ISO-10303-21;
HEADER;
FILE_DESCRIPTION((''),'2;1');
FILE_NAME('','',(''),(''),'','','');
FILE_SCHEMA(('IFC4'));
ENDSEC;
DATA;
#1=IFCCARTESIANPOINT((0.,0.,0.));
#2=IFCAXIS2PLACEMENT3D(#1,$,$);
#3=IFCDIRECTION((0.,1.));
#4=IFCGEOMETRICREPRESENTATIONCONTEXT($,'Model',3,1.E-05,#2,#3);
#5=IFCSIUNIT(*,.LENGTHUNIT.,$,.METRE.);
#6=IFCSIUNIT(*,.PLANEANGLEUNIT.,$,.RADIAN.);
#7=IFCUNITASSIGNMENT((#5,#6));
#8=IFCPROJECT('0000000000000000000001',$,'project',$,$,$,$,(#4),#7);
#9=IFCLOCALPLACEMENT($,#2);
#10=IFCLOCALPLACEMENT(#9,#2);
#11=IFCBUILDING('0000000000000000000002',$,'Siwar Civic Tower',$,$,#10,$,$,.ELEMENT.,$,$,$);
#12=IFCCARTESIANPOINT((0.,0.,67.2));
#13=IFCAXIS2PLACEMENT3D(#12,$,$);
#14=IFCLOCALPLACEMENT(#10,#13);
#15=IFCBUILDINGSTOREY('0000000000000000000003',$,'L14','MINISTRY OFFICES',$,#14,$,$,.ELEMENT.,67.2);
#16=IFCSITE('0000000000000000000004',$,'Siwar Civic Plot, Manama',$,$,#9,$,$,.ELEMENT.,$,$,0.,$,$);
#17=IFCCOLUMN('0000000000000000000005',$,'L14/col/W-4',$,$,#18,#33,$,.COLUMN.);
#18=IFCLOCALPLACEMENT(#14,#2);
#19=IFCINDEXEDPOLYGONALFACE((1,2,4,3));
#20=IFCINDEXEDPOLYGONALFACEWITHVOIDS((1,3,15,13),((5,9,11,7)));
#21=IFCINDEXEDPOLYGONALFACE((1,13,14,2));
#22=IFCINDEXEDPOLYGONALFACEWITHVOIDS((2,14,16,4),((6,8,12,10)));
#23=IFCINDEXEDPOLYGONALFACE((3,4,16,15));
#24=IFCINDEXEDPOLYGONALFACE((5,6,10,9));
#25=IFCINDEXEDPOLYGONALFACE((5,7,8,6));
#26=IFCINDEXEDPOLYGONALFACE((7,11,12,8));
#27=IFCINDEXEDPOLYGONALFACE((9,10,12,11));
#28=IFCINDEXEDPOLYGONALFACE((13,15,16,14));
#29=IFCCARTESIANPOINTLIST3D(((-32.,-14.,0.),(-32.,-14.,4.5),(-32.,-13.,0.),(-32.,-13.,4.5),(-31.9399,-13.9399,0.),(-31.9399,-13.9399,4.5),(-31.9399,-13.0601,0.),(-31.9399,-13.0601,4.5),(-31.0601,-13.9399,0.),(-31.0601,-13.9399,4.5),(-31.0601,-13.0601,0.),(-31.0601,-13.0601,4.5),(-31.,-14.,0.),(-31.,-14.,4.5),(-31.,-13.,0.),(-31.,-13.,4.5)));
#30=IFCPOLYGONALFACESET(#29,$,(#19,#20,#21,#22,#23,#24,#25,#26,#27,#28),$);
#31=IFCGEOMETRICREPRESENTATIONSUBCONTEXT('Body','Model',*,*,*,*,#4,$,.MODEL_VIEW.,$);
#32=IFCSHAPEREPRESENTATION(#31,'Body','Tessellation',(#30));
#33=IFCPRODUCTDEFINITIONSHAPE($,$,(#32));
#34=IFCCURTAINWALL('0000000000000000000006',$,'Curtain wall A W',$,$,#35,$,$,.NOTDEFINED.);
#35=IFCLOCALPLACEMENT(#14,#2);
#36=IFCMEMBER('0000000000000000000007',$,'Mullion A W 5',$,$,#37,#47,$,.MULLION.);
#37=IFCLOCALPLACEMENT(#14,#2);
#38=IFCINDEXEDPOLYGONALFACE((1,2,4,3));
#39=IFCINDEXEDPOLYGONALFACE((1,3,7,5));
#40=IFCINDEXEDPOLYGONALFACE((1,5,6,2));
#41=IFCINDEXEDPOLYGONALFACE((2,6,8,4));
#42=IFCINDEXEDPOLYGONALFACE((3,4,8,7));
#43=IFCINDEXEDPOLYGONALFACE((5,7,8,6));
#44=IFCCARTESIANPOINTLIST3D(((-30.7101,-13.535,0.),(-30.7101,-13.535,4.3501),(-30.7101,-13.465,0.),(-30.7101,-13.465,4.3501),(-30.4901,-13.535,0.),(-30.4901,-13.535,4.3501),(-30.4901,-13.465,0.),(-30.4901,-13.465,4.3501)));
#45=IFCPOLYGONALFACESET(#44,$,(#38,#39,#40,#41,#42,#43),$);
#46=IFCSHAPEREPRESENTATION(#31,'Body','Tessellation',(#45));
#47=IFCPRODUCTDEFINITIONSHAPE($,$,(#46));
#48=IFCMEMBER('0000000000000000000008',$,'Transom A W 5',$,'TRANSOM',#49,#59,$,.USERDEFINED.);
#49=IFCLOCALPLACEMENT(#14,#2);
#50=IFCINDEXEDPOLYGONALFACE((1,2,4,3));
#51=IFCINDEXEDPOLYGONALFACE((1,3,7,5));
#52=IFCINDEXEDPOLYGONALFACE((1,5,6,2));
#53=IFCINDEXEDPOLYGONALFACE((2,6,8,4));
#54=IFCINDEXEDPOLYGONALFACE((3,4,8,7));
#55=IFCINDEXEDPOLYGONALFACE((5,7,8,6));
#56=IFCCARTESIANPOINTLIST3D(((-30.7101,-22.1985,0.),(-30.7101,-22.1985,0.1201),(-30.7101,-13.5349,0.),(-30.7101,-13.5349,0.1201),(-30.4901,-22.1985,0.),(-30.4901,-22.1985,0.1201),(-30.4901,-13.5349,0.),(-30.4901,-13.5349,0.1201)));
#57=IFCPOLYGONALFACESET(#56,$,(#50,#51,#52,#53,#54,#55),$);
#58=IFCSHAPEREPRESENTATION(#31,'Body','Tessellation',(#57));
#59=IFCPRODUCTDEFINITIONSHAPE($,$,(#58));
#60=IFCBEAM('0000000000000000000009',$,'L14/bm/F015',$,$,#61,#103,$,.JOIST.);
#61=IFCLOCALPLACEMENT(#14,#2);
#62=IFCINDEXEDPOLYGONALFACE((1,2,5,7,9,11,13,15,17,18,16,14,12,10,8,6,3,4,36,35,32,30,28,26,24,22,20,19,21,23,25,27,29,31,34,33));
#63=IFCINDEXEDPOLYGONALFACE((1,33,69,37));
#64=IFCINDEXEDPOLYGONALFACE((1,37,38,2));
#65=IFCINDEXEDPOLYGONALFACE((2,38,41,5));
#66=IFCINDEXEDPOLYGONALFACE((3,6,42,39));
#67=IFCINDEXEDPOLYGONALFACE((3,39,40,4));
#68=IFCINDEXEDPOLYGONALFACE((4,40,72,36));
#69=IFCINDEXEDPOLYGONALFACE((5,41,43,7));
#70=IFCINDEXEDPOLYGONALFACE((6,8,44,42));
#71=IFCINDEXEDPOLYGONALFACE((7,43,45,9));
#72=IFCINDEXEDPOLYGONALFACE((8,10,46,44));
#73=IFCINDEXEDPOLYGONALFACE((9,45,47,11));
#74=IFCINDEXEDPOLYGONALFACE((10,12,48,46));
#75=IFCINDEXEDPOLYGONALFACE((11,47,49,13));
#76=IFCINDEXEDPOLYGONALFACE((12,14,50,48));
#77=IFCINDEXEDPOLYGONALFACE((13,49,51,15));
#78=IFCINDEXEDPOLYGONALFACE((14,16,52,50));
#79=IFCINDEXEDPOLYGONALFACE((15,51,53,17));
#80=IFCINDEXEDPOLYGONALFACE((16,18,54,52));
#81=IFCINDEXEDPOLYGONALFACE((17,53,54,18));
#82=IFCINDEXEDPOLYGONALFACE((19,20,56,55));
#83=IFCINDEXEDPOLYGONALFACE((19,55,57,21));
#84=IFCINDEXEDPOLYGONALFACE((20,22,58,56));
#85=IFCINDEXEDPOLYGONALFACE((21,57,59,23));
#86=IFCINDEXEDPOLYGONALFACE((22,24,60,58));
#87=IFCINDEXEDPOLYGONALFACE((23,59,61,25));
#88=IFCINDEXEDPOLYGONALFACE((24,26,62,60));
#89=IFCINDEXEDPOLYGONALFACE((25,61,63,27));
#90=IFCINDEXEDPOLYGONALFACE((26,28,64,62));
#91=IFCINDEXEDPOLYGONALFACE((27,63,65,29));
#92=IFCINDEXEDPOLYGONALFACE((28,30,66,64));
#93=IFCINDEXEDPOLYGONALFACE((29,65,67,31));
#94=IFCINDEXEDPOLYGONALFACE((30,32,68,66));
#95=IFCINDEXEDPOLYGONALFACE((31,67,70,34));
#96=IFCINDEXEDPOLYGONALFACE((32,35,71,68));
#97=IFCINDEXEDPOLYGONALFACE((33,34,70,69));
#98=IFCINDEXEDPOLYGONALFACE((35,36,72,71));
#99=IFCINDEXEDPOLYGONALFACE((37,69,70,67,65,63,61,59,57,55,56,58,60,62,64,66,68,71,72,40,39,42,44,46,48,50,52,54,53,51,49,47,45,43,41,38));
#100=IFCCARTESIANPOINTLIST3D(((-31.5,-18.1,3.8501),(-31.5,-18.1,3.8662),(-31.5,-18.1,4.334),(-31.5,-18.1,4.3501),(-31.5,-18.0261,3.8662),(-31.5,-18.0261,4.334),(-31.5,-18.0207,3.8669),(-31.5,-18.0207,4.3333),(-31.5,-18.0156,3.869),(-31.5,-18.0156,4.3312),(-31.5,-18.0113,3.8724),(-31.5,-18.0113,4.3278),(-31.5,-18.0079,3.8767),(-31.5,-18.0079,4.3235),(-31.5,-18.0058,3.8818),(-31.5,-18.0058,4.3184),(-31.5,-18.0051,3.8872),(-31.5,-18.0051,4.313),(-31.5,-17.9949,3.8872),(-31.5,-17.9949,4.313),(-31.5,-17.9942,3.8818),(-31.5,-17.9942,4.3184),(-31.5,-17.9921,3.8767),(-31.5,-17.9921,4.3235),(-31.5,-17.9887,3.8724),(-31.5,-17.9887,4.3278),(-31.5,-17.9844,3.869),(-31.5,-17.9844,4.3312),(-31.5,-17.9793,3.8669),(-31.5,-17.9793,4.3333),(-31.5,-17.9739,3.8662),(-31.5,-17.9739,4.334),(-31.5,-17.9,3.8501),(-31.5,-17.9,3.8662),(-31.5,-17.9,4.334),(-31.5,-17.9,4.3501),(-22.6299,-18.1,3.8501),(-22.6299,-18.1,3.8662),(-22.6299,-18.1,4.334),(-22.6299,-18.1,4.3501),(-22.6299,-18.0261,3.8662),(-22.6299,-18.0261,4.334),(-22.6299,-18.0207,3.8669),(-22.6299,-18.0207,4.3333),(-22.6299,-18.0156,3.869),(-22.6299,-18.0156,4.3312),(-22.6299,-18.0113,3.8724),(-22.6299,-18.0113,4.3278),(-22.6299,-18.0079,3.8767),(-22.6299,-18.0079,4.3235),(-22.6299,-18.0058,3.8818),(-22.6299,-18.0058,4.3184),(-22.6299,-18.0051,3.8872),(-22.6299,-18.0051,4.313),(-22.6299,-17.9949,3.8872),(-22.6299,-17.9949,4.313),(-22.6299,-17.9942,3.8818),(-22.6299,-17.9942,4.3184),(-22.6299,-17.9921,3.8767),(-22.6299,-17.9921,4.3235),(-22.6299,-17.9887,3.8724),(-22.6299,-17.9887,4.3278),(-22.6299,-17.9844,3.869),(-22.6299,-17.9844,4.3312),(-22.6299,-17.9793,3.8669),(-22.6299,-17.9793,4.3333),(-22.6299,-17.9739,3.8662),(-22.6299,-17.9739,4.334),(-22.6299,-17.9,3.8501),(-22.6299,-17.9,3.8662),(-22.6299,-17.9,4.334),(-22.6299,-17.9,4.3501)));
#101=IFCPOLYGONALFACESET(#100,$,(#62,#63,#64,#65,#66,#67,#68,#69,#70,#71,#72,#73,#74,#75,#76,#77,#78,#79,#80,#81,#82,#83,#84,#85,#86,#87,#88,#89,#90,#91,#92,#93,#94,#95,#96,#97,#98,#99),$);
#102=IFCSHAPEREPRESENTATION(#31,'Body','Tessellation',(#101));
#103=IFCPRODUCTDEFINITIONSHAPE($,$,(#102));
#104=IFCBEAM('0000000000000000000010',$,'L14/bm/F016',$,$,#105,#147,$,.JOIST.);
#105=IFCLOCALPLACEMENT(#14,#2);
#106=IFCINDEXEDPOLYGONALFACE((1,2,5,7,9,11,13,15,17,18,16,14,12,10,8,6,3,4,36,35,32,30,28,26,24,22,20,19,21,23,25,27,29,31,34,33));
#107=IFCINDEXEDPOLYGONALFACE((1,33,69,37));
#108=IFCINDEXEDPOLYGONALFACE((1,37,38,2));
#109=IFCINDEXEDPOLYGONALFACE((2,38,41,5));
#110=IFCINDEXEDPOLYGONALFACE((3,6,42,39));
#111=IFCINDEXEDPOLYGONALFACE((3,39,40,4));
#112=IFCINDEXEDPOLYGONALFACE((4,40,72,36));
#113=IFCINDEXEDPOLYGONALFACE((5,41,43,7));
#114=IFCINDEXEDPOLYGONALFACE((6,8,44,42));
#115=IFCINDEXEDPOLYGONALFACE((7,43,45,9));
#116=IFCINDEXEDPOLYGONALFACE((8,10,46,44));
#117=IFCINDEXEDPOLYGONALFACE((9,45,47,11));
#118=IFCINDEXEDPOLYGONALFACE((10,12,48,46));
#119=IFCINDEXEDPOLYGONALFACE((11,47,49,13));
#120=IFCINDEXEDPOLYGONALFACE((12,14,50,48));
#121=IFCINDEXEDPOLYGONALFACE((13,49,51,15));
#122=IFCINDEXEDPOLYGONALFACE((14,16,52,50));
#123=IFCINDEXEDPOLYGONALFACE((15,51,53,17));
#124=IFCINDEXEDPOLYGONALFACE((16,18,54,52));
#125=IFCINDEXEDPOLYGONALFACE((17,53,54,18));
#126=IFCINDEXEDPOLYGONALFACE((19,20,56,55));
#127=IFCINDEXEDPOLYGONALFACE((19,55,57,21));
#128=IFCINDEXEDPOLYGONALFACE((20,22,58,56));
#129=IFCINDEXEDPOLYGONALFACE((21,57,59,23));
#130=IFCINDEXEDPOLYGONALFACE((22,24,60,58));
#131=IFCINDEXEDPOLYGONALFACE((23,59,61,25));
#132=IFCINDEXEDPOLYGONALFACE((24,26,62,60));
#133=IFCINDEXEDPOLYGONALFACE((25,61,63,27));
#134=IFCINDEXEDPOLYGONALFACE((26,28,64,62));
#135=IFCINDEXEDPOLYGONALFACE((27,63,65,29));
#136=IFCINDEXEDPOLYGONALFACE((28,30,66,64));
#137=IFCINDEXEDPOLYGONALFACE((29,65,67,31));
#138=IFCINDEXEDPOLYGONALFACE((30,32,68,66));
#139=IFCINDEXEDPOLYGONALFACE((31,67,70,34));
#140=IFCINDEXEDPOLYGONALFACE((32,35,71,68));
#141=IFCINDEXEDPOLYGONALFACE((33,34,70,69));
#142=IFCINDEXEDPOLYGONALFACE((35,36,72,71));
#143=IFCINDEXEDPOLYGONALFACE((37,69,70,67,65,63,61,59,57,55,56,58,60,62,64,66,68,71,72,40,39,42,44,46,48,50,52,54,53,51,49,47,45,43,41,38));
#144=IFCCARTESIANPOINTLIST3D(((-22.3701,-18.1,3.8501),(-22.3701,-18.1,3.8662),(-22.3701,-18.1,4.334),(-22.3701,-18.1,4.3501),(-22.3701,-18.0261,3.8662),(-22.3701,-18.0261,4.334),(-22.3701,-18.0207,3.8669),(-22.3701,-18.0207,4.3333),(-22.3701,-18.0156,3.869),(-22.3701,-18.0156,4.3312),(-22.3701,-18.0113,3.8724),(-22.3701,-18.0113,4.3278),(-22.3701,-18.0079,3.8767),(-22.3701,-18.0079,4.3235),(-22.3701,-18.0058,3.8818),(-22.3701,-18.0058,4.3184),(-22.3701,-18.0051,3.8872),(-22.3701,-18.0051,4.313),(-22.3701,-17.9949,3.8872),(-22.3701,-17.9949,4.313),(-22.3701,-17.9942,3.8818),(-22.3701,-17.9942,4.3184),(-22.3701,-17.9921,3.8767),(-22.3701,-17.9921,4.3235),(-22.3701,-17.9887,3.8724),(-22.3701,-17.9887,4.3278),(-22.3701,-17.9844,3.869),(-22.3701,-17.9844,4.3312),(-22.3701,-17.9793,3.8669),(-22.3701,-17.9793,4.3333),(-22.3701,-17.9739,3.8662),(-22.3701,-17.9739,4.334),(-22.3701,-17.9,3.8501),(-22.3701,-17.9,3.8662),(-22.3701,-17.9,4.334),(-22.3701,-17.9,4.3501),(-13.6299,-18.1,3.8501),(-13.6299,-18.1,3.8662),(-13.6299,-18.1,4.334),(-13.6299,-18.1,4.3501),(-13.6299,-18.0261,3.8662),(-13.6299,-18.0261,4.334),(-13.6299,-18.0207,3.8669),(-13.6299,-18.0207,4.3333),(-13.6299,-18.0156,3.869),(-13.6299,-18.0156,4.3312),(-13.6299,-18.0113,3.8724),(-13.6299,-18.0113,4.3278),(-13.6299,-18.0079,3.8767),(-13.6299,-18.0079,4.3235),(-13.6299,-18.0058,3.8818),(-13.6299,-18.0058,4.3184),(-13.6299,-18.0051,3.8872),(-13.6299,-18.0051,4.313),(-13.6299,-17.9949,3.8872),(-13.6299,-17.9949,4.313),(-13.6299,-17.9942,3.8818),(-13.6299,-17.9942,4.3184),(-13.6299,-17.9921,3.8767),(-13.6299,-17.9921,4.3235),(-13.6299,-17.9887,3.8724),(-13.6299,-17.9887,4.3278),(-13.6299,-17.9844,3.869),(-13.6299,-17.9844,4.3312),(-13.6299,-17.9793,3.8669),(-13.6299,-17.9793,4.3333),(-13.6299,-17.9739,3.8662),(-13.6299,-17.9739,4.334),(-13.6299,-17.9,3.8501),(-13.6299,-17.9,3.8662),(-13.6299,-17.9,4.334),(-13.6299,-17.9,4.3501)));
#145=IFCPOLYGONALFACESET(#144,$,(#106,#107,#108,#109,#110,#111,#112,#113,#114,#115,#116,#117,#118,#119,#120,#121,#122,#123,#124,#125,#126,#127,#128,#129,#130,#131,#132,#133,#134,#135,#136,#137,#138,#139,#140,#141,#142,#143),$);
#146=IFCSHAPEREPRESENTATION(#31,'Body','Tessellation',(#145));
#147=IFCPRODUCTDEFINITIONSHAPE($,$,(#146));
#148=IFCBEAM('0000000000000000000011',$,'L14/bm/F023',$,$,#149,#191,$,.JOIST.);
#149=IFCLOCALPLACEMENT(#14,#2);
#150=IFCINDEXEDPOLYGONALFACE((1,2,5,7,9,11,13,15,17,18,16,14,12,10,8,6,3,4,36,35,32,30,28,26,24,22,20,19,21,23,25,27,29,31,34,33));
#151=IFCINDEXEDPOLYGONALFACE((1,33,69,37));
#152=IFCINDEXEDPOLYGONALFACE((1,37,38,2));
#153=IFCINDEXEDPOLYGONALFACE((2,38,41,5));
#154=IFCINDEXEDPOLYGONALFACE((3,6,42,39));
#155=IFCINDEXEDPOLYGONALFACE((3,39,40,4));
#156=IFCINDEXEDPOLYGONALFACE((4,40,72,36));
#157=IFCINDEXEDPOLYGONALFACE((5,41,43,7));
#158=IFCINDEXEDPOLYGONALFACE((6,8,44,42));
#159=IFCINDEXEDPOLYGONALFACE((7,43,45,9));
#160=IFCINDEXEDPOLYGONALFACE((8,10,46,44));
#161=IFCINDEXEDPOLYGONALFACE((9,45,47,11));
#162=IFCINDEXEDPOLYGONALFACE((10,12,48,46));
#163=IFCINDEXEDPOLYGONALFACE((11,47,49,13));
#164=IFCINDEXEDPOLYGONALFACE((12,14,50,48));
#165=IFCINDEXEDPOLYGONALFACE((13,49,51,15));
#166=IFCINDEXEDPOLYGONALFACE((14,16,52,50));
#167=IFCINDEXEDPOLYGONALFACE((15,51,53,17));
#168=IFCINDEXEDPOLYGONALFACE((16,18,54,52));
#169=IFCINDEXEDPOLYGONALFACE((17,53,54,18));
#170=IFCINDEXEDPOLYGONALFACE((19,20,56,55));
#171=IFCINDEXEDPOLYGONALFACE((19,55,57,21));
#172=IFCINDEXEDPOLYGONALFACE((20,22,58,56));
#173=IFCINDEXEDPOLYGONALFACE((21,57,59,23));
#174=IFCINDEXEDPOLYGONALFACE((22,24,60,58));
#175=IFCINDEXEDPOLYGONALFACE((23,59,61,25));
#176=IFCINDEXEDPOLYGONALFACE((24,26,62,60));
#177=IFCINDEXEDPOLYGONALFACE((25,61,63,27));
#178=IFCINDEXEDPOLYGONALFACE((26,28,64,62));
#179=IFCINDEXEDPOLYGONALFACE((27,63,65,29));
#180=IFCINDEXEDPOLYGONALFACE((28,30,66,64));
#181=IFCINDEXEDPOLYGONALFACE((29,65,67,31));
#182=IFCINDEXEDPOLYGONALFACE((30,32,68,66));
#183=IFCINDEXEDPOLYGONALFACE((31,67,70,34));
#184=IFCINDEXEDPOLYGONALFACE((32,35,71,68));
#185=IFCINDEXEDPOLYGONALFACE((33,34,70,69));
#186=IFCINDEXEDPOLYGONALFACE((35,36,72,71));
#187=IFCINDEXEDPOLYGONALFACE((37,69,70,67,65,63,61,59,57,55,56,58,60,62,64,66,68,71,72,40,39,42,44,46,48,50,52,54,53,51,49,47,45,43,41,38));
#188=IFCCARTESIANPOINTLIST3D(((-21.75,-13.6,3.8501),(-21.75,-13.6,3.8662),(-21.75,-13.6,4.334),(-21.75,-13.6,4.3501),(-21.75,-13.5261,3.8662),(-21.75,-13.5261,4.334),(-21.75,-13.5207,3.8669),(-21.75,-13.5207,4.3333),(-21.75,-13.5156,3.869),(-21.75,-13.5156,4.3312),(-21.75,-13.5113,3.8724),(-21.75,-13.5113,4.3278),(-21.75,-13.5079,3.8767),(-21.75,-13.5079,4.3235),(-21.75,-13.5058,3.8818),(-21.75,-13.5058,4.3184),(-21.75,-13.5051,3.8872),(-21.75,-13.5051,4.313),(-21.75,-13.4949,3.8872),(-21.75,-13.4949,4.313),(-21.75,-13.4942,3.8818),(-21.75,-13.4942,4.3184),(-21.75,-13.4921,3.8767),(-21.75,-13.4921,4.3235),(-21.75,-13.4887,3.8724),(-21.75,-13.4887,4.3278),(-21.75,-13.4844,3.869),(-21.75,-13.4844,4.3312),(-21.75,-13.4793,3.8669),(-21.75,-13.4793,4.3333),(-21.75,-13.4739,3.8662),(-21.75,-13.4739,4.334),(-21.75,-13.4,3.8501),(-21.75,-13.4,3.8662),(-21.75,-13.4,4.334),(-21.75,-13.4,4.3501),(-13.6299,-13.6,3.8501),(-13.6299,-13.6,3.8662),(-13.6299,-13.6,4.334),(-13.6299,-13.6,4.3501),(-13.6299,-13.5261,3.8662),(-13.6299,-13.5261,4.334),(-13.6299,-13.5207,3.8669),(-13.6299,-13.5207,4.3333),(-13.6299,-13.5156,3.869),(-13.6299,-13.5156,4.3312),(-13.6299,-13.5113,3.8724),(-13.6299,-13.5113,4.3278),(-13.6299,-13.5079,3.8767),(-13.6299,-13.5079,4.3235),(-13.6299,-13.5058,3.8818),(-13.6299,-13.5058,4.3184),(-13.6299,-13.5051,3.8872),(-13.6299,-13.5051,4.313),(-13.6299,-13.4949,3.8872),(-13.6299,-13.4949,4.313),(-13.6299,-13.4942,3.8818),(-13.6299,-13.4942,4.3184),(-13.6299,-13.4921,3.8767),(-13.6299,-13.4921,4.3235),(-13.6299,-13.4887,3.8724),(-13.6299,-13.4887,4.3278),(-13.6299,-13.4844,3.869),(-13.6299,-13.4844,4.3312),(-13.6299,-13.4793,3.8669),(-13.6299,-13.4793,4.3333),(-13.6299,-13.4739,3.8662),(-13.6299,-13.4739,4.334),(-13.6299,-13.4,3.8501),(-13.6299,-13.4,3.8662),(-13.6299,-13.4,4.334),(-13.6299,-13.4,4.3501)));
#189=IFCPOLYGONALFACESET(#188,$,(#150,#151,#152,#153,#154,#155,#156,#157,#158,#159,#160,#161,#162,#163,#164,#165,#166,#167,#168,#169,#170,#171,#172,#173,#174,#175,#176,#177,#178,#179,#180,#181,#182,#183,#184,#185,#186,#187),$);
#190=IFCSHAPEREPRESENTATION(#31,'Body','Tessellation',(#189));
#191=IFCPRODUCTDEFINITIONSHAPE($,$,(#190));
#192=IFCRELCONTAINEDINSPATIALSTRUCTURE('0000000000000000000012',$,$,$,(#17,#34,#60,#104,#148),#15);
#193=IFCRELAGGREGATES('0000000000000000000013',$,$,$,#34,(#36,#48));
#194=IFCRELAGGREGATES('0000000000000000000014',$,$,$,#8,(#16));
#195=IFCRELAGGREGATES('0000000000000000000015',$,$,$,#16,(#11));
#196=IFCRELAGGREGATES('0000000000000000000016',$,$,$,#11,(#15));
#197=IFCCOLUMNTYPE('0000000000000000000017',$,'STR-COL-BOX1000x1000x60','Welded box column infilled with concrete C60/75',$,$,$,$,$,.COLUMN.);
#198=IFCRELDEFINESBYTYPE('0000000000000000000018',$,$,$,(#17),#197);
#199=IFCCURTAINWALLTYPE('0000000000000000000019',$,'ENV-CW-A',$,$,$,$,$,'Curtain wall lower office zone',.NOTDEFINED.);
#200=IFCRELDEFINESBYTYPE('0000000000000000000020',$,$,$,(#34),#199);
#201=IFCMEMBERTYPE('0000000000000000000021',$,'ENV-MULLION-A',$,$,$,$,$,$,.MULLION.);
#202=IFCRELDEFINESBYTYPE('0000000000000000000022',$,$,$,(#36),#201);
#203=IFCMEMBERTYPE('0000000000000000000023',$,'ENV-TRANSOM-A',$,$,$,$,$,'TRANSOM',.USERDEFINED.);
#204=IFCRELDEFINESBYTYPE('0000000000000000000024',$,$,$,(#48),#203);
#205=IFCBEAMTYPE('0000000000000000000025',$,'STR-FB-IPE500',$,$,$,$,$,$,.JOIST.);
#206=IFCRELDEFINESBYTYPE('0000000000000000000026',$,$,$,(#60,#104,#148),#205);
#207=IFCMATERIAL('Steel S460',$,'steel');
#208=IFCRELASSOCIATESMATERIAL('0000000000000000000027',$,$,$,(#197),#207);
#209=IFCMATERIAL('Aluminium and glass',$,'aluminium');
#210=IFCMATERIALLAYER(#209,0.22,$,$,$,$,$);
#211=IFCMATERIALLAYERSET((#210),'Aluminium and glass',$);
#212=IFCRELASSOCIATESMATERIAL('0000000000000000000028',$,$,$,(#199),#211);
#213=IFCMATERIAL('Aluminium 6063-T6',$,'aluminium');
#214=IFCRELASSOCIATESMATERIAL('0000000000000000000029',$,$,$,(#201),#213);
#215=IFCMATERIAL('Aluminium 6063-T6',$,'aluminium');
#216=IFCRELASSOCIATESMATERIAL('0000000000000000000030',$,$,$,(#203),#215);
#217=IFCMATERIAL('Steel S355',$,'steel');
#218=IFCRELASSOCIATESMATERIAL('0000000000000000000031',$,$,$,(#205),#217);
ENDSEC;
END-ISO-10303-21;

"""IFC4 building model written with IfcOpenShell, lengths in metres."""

from ifc_helpers import new_model, si_unit, direction, frame, origin, origin_2d, place, context, subcontext, project, spatial, rectangle, hollow_rectangle, i_section, extrude, material, layer, layer_set, material_profile, profile_set, type_object, element, aggregate, save


model = new_model("IFC4")

# Units and contexts
model_context = context("Model", 3, precision=1e-05, world=origin(), true_north=direction((0.0, 1.0)))
body_context = subcontext(model_context, "Body", "Model", "MODEL_VIEW")
ifc_project = project(units=[si_unit("LENGTHUNIT", "METRE"), si_unit("PLANEANGLEUNIT", "RADIAN")], contexts=[model_context])

# Site, building, storey
site_placement = place(None, origin())
site = spatial("IfcSite", under=ifc_project, at=site_placement, Name="Siwar Civic Plot, Manama", CompositionType="ELEMENT", RefElevation=0.0)
building_placement = place(site_placement, origin())
building = spatial("IfcBuilding", under=site, at=building_placement, Name="Siwar Civic Tower", CompositionType="ELEMENT")
storey_placement = place(building_placement, frame((0.0, 0.0, 67.2)))
storey = spatial("IfcBuildingStorey", under=building, at=storey_placement, Name="L14", Description="MINISTRY OFFICES", CompositionType="ELEMENT", Elevation=67.2)

# Column
ifc_material_1 = material(Name="Steel S460", Category="steel")
ifc_material_profile_1 = material_profile(ifc_material_1, hollow_rectangle(XDim=1.0, YDim=1.0, WallThickness=0.0601, at=origin_2d()), Name="BOX1000x1000x60")
ifc_profile_set_1 = profile_set([ifc_material_profile_1], Name="Steel S460")
column_type = type_object("IfcColumnType", Name="STR-COL-BOX1000x1000x60", Description="Welded box column infilled with concrete C60/75", PredefinedType="COLUMN", material=ifc_profile_set_1)
column_placement = place(storey_placement, frame((-31.5, -13.5, 0.0), z_axis=(0.0, 0.0, 1.0), x_axis=(1.0, 0.0, 0.0)))
element("IfcColumn", 1, at=column_placement, inside=storey, type_object=column_type, Name="L14/col/W-4", PredefinedType="COLUMN", context=body_context, shape_type="SweptSolid", body=[
    extrude(hollow_rectangle(XDim=1.0, YDim=1.0, WallThickness=0.0601, at=origin_2d()), origin(), (0.0, 0.0, 1.0), 4.5),
])

# Curtain wall, members
ifc_material_2 = material(Name="Aluminium and glass", Category="aluminium")
ifc_layer_1 = layer(ifc_material_2, 0.22)
ifc_layer_set_1 = layer_set([ifc_layer_1], Name="Aluminium and glass")
curtain_wall_type = type_object("IfcCurtainWallType", Name="ENV-CW-A", ElementType="Curtain wall lower office zone", PredefinedType="NOTDEFINED", material=ifc_layer_set_1)
curtain_wall_placement = place(storey_placement, origin())
curtain_wall = element("IfcCurtainWall", 2, at=curtain_wall_placement, inside=storey, type_object=curtain_wall_type, Name="Curtain wall A W", PredefinedType="NOTDEFINED")
ifc_material_3 = material(Name="Aluminium 6063-T6", Category="aluminium")
ifc_material_profile_2 = material_profile(ifc_material_3, rectangle(XDim=0.22, YDim=0.0701, at=origin_2d()), Name="AL 220x70")
ifc_profile_set_2 = profile_set([ifc_material_profile_2], Name="Aluminium 6063-T6")
member_type_1 = type_object("IfcMemberType", Name="ENV-MULLION-A", PredefinedType="MULLION", material=ifc_profile_set_2)
member_1_placement = place(storey_placement, frame((-30.6001, -13.5, 0.0), z_axis=(0.0, 0.0, 1.0), x_axis=(1.0, 0.0, 0.0)))
member_1 = element("IfcMember", 3, at=member_1_placement, type_object=member_type_1, Name="Mullion A W 5", PredefinedType="MULLION", context=body_context, shape_type="SweptSolid", body=[
    extrude(rectangle(XDim=0.22, YDim=0.0701, at=origin_2d()), origin(), (0.0, 0.0, 1.0), 4.3501),
])
ifc_material_4 = material(Name="Aluminium 6063-T6", Category="aluminium")
ifc_material_profile_3 = material_profile(ifc_material_4, rectangle(XDim=0.22, YDim=0.1201, at=origin_2d()), Name="AL 220x120")
ifc_profile_set_3 = profile_set([ifc_material_profile_3], Name="Aluminium 6063-T6")
member_type_2 = type_object("IfcMemberType", Name="ENV-TRANSOM-A", ElementType="TRANSOM", PredefinedType="USERDEFINED", material=ifc_profile_set_3)
member_2_placement = place(storey_placement, frame((-30.6001, -13.5349, 0.0601), z_axis=(0.0, -1.0, 0.0), x_axis=(1.0, 0.0, 0.0)))
member_2 = element("IfcMember", 4, at=member_2_placement, type_object=member_type_2, Name="Transom A W 5", ObjectType="TRANSOM", PredefinedType="USERDEFINED", context=body_context, shape_type="SweptSolid", body=[
    extrude(rectangle(XDim=0.22, YDim=0.1201, at=origin_2d()), origin(), (0.0, 0.0, 1.0), 8.6636),
])

# Beams
ifc_material_5 = material(Name="Steel S355", Category="steel")
ifc_material_profile_4 = material_profile(ifc_material_5, i_section(OverallWidth=0.2, OverallDepth=0.5, WebThickness=0.0103, FlangeThickness=0.0161, FilletRadius=0.021, at=origin_2d()), Name="IPE500")
ifc_profile_set_4 = profile_set([ifc_material_profile_4], Name="Steel S355")
beam_type_1 = type_object("IfcBeamType", Name="STR-FB-IPE500", PredefinedType="JOIST", material=ifc_profile_set_4)
beam_1_placement = place(storey_placement, frame((-31.5, -18.0, 4.1001), z_axis=(1.0, 0.0, 0.0), x_axis=(0.0, 1.0, 0.0)))
element("IfcBeam", 5, at=beam_1_placement, inside=storey, type_object=beam_type_1, Name="L14/bm/F015", PredefinedType="JOIST", context=body_context, shape_type="SweptSolid", body=[
    extrude(i_section(OverallWidth=0.2, OverallDepth=0.5, WebThickness=0.0103, FlangeThickness=0.0161, FilletRadius=0.021, at=origin_2d()), origin(), (0.0, 0.0, 1.0), 8.8701),
])
beam_2_placement = place(storey_placement, frame((-22.3701, -18.0, 4.1001), z_axis=(1.0, 0.0, 0.0), x_axis=(0.0, 1.0, 0.0)))
element("IfcBeam", 6, at=beam_2_placement, inside=storey, type_object=beam_type_1, Name="L14/bm/F016", PredefinedType="JOIST", context=body_context, shape_type="SweptSolid", body=[
    extrude(i_section(OverallWidth=0.2, OverallDepth=0.5, WebThickness=0.0103, FlangeThickness=0.0161, FilletRadius=0.021, at=origin_2d()), origin(), (0.0, 0.0, 1.0), 8.7402),
])
beam_3_placement = place(storey_placement, frame((-21.75, -13.5, 4.1001), z_axis=(1.0, 0.0, 0.0), x_axis=(0.0, 1.0, 0.0)))
element("IfcBeam", 7, at=beam_3_placement, inside=storey, type_object=beam_type_1, Name="L14/bm/F023", PredefinedType="JOIST", context=body_context, shape_type="SweptSolid", body=[
    extrude(i_section(OverallWidth=0.2, OverallDepth=0.5, WebThickness=0.0103, FlangeThickness=0.0161, FilletRadius=0.021, at=origin_2d()), origin(), (0.0, 0.0, 1.0), 8.1201),
])

aggregate(curtain_wall, [member_1, member_2])

save(model, "model.ifc")
